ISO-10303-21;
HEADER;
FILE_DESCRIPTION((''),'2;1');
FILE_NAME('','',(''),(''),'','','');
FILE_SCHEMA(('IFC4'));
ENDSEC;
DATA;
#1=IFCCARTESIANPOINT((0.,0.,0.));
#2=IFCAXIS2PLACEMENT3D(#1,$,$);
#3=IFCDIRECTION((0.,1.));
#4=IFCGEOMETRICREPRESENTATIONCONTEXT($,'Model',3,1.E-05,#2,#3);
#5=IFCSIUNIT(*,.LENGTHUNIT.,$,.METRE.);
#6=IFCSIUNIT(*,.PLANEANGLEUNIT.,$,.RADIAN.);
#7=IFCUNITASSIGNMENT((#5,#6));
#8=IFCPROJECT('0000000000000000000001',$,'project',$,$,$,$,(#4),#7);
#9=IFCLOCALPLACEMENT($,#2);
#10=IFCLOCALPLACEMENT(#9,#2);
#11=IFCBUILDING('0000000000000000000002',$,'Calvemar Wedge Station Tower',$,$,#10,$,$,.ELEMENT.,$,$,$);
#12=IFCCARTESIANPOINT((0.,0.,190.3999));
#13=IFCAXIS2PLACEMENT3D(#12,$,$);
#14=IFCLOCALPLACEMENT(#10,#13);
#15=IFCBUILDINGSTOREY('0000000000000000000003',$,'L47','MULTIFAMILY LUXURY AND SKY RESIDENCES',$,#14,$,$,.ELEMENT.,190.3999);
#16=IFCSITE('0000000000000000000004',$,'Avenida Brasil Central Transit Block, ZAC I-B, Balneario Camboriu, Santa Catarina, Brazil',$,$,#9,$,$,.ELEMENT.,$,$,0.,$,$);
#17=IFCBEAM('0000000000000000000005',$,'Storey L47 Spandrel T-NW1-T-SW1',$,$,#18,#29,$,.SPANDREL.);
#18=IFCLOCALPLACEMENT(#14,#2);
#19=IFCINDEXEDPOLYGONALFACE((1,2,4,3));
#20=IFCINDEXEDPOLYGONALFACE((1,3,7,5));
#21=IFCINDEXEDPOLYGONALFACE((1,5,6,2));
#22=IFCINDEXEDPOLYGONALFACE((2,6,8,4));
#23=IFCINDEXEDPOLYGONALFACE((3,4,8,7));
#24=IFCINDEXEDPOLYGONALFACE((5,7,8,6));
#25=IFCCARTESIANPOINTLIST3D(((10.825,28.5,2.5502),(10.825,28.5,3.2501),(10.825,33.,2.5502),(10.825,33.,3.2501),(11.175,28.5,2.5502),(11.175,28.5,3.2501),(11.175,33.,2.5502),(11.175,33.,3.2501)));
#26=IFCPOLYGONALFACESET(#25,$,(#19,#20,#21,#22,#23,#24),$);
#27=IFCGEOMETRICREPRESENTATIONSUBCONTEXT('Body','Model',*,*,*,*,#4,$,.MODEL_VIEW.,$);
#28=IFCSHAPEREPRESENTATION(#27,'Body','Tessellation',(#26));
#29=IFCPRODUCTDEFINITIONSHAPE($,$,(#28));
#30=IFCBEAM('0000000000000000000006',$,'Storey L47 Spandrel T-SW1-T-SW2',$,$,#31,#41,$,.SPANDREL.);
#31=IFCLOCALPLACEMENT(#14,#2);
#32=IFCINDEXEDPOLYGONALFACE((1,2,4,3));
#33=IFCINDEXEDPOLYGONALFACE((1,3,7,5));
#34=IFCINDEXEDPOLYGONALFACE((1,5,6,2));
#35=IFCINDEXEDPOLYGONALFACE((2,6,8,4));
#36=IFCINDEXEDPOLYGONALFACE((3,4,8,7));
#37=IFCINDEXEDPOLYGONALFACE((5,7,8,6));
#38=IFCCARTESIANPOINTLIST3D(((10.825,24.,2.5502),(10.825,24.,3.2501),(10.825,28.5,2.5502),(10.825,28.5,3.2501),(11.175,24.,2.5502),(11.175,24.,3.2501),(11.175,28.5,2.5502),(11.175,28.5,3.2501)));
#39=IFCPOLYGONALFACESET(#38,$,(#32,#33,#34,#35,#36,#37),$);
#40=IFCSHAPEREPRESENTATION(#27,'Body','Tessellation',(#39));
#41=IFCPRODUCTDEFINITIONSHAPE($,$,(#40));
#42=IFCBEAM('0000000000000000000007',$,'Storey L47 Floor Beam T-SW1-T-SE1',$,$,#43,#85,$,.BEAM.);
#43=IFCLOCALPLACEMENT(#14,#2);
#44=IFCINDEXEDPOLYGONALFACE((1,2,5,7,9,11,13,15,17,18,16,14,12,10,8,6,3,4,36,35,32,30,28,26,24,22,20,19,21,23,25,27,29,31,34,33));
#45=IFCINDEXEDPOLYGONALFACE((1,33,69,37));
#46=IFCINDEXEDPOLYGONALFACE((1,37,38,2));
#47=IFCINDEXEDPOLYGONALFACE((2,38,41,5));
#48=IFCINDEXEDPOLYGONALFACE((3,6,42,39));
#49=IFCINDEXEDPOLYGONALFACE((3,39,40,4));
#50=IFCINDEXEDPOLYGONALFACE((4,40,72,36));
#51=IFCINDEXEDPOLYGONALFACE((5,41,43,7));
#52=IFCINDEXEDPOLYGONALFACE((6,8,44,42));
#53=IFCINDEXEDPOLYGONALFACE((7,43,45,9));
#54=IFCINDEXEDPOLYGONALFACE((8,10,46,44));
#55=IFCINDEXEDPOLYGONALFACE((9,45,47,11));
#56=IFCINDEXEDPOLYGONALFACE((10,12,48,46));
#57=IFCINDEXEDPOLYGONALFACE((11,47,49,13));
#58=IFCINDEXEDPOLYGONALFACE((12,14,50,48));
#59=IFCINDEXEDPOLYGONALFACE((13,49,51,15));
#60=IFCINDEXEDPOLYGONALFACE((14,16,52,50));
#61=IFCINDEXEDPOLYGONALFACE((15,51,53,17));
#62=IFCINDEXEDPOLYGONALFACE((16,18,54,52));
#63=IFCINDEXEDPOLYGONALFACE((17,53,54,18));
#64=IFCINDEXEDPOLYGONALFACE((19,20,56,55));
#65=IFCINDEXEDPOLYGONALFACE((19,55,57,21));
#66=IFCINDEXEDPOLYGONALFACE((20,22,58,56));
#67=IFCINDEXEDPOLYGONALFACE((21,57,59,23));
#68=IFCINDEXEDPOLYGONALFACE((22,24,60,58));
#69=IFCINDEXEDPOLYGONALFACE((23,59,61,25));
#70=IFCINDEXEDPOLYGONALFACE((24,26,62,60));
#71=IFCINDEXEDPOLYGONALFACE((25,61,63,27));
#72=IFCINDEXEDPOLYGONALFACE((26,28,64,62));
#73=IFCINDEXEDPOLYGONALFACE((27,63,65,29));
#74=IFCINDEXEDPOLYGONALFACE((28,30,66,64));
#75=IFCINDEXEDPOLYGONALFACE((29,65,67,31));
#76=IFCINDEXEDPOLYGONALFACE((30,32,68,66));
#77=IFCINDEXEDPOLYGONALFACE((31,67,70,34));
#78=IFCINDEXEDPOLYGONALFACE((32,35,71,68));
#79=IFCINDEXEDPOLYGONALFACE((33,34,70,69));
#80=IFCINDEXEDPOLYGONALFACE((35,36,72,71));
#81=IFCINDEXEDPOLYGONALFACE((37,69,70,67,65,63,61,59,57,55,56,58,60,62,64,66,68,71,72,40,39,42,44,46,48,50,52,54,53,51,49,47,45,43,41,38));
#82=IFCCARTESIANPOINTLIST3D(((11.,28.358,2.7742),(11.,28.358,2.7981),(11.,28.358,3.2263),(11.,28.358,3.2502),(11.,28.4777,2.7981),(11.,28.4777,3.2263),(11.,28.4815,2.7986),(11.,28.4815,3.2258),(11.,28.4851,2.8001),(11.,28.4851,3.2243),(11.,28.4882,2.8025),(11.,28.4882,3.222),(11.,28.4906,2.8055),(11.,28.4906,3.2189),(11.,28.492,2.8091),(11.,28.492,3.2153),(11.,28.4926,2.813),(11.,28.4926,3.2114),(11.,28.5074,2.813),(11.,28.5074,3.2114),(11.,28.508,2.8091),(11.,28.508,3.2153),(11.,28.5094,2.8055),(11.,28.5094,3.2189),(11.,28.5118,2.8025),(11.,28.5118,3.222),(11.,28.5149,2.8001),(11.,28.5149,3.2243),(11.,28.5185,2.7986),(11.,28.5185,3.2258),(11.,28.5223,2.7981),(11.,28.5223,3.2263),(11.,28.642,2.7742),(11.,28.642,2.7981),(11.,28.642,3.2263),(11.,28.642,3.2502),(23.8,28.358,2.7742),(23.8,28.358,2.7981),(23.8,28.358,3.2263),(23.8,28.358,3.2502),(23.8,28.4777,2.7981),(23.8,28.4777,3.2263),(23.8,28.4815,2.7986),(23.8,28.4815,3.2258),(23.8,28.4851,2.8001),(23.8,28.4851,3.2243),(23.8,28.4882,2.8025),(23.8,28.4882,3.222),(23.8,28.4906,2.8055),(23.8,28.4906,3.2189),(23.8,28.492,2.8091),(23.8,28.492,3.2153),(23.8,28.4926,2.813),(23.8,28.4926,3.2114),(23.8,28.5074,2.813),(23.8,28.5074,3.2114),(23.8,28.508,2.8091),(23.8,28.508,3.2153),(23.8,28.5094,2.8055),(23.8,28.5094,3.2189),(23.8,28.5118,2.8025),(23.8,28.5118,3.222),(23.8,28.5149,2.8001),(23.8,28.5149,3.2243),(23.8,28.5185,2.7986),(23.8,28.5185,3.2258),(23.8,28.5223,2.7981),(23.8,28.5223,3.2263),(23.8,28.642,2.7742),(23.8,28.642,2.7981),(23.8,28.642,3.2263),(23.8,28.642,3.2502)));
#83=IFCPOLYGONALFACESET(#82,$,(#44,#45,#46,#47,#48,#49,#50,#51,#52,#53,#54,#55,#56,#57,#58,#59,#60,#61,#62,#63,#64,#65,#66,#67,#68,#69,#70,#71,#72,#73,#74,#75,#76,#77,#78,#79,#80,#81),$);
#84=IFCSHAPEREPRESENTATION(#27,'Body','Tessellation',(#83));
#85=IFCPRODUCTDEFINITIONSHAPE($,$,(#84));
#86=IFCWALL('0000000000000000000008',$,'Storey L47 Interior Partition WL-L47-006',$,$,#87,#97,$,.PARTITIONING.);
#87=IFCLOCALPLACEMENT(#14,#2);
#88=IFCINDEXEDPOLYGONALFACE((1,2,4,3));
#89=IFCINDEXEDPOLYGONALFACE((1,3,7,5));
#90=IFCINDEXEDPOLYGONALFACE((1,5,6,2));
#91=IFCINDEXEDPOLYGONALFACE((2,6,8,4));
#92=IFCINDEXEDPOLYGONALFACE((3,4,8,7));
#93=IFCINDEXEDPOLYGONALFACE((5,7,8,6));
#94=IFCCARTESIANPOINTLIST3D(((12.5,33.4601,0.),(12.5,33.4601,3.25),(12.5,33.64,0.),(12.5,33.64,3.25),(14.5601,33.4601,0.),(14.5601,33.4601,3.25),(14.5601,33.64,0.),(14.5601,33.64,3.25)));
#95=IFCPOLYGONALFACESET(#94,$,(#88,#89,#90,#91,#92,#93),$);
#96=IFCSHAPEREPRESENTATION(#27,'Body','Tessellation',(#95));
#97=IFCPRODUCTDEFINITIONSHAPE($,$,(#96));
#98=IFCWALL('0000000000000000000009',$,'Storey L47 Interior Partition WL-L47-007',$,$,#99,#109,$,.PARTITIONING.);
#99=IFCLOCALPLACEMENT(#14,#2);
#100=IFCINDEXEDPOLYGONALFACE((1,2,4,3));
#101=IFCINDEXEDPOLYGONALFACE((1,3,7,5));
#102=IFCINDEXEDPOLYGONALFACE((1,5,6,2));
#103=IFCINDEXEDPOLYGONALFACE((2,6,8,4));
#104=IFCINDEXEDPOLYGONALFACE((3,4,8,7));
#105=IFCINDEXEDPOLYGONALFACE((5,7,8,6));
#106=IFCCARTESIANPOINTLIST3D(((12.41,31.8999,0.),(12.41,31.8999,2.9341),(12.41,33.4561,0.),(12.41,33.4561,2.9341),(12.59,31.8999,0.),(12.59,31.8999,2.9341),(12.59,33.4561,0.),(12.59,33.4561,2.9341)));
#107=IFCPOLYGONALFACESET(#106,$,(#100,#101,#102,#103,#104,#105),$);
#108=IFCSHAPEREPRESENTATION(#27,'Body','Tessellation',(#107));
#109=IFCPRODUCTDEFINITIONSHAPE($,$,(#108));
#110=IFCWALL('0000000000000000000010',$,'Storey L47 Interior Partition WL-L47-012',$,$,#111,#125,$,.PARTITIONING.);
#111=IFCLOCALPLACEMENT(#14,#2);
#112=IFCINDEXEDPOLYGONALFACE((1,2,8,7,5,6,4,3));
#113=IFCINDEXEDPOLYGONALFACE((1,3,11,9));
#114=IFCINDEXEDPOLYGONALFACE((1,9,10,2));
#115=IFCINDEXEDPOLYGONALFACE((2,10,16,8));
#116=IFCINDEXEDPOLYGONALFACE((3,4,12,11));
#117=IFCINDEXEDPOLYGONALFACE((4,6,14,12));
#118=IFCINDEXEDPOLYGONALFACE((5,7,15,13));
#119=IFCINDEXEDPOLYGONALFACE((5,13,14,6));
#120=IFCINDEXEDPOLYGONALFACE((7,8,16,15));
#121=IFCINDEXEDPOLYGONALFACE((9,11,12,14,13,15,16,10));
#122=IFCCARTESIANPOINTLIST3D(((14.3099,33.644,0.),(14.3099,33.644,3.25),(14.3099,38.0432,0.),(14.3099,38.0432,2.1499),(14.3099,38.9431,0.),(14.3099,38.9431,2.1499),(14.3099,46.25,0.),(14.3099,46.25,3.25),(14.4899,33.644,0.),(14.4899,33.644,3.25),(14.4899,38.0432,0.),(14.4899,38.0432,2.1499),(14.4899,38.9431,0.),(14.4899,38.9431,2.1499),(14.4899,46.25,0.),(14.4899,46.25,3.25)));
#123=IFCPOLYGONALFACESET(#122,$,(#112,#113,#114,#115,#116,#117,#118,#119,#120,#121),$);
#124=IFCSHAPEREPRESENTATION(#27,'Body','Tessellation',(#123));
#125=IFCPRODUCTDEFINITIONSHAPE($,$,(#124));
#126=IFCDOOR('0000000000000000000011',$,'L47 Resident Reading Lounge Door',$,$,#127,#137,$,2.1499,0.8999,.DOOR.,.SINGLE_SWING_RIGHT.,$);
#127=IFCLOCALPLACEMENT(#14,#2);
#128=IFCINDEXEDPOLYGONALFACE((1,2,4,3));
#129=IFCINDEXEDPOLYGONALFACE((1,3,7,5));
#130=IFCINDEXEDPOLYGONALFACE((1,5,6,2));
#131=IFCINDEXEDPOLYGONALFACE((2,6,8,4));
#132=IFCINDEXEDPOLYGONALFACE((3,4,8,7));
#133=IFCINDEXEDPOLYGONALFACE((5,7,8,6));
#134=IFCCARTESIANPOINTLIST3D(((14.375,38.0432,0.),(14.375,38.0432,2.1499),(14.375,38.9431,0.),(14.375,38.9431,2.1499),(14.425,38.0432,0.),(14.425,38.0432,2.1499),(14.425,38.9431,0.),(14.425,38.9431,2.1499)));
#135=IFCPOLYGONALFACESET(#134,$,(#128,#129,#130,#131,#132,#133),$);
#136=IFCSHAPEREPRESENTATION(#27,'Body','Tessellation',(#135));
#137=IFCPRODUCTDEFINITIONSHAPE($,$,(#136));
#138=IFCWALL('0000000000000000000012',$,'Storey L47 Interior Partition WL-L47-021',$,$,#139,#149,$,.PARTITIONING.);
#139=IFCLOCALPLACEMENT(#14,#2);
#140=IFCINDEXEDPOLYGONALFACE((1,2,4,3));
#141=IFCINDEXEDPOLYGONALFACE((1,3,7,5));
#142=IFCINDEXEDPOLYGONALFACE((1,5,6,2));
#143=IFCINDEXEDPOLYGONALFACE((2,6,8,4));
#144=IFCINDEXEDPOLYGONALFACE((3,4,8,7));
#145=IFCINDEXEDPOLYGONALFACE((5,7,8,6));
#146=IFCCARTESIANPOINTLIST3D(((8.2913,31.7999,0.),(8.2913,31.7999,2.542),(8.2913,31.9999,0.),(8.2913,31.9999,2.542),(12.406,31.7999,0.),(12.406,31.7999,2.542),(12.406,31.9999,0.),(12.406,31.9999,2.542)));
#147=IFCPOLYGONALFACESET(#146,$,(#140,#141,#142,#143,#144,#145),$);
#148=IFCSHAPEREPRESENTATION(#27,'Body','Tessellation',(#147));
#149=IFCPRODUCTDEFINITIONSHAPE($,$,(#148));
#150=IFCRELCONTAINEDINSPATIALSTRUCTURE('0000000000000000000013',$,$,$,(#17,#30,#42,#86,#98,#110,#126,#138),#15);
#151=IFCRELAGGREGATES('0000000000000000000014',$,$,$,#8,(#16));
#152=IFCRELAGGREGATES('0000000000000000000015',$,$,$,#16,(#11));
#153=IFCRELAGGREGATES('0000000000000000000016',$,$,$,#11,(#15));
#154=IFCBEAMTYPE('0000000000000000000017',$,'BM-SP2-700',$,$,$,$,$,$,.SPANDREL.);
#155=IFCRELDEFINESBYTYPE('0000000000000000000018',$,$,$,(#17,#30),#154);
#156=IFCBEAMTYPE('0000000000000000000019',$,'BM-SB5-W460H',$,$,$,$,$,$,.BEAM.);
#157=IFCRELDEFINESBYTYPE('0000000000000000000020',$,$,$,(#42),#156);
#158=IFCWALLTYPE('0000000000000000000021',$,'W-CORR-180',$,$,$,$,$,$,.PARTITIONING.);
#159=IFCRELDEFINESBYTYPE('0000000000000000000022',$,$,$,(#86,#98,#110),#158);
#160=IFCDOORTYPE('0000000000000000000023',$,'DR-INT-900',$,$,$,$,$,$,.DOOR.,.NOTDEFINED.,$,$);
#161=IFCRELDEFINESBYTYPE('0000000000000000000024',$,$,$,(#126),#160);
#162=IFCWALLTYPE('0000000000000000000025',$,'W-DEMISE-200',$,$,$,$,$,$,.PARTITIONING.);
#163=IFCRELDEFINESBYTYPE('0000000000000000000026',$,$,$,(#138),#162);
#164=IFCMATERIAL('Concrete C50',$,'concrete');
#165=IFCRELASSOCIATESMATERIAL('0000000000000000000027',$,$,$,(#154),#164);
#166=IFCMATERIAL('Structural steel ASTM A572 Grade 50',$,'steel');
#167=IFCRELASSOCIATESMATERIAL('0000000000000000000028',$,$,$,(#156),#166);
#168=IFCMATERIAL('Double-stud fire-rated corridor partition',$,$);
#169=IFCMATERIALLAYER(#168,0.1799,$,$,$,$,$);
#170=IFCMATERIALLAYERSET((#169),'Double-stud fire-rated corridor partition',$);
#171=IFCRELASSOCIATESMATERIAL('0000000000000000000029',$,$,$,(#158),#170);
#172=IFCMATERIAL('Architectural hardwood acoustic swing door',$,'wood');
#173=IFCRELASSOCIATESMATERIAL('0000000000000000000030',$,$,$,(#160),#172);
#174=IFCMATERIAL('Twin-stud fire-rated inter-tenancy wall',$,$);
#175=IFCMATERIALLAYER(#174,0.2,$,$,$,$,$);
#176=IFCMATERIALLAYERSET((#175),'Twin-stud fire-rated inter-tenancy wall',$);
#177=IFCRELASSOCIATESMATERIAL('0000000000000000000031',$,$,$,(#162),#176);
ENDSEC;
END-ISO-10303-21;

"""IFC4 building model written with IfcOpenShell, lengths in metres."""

from ifc_helpers import new_model, si_unit, direction, frame, frame_2d, origin, origin_2d, place, context, subcontext, project, spatial, rectangle, i_section, extrude, source, transform, mapped, material, layer, layer_set, material_profile, profile_set, type_object, element, fill, save


model = new_model("IFC4")

# Units and contexts
model_context = context("Model", 3, precision=1e-05, world=origin(), true_north=direction((0.0, 1.0)))
body_context = subcontext(model_context, "Body", "Model", "MODEL_VIEW")
ifc_project = project(units=[si_unit("LENGTHUNIT", "METRE"), si_unit("PLANEANGLEUNIT", "RADIAN")], contexts=[model_context])

# Site, building, storey
site_placement = place(None, origin())
site = spatial("IfcSite", under=ifc_project, at=site_placement, Name="Avenida Brasil Central Transit Block, ZAC I-B, Balneario Camboriu, Santa Catarina, Brazil", CompositionType="ELEMENT", RefElevation=0.0)
building_placement = place(site_placement, origin())
building = spatial("IfcBuilding", under=site, at=building_placement, Name="Calvemar Wedge Station Tower", CompositionType="ELEMENT")
storey_placement = place(building_placement, frame((0.0, 0.0, 190.3999)))
storey = spatial("IfcBuildingStorey", under=building, at=storey_placement, Name="L47", Description="MULTIFAMILY LUXURY AND SKY RESIDENCES", CompositionType="ELEMENT", Elevation=190.3999)

# Shared definitions
ifc_material_1 = material(Name="Concrete C50", Category="concrete")

# Beams
ifc_material_2 = material(Name="Structural steel ASTM A572 Grade 50", Category="steel")
ifc_material_profile_1 = material_profile(ifc_material_1, rectangle(XDim=0.3501, YDim=0.7, at=origin_2d()), Name="RC350x700")
ifc_profile_set_1 = profile_set([ifc_material_profile_1], Name="Concrete C50")
beam_type_1 = type_object("IfcBeamType", Name="BM-SP2-700", PredefinedType="SPANDREL", material=ifc_profile_set_1)
shared_shape_1 = source(origin(), body_context, "Body", "SweptSolid", [
    extrude(rectangle(XDim=0.3501, YDim=0.7, at=origin_2d()), origin(), (0.0, 0.0, 1.0), 4.5),
])
for number, where, z_axis, x_axis, name in (
    (1, (11.0, 33.0, 2.9001), (0.0, -1.0, 0.0), (1.0, 0.0, 0.0), "Storey L47 Spandrel T-NW1-T-SW1"),
    (2, (11.0, 28.5, 2.9001), (0.0, -1.0, 0.0), (1.0, 0.0, 0.0), "Storey L47 Spandrel T-SW1-T-SW2"),
):
    element("IfcBeam", number, at=place(storey_placement, frame(where, z_axis=z_axis, x_axis=x_axis)), inside=storey, type_object=beam_type_1, Name=name, PredefinedType="SPANDREL", context=body_context, shape_type="MappedRepresentation", body=[
        mapped(shared_shape_1, transform((0.0, 0.0, 0.0), scale=1.0)),
    ])
ifc_material_profile_2 = material_profile(ifc_material_2, i_section(OverallWidth=0.2839, OverallDepth=0.4761, WebThickness=0.0149, FlangeThickness=0.0239, FilletRadius=0.0149, at=origin_2d()), Name="W460x158")
ifc_profile_set_2 = profile_set([ifc_material_profile_2], Name="Structural steel ASTM A572 Grade 50")
beam_type_2 = type_object("IfcBeamType", Name="BM-SB5-W460H", PredefinedType="BEAM", material=ifc_profile_set_2)
shared_shape_2 = source(origin(), body_context, "Body", "SweptSolid", [
    extrude(i_section(OverallWidth=0.2839, OverallDepth=0.4761, WebThickness=0.0149, FlangeThickness=0.0239, FilletRadius=0.0149, at=origin_2d()), origin(), (0.0, 0.0, 1.0), 12.8),
])
beam_1_placement = place(storey_placement, frame((11.0, 28.5, 3.0122), z_axis=(1.0, 0.0, 0.0), x_axis=(0.0, 1.0, 0.0)))
element("IfcBeam", 3, at=beam_1_placement, inside=storey, type_object=beam_type_2, Name="Storey L47 Floor Beam T-SW1-T-SE1", PredefinedType="BEAM", context=body_context, shape_type="MappedRepresentation", body=[
    mapped(shared_shape_2, transform((0.0, 0.0, 0.0), scale=1.0)),
])

# Walls
ifc_material_3 = material(Name="Double-stud fire-rated corridor partition")
ifc_layer_1 = layer(ifc_material_3, 0.1799)
ifc_layer_set_1 = layer_set([ifc_layer_1], Name="Double-stud fire-rated corridor partition")
wall_type_1 = type_object("IfcWallType", Name="W-CORR-180", PredefinedType="PARTITIONING", material=ifc_layer_set_1)
wall_1_placement = place(storey_placement, frame((12.5, 33.55, 0.0), z_axis=(0.0, 0.0, 1.0), x_axis=(1.0, 0.0, 0.0)))
element("IfcWall", 4, at=wall_1_placement, inside=storey, type_object=wall_type_1, Name="Storey L47 Interior Partition WL-L47-006", PredefinedType="PARTITIONING", context=body_context, shape_type="SweptSolid", body=[
    extrude(rectangle(XDim=2.0601, YDim=0.1799, at=frame_2d((1.03, 0.0))), origin(), (0.0, 0.0, 1.0), 3.25),
])
wall_2_placement = place(storey_placement, frame((12.5, 31.8999, 0.0), z_axis=(0.0, 0.0, 1.0), x_axis=(0.0, 1.0, 0.0)))
element("IfcWall", 5, at=wall_2_placement, inside=storey, type_object=wall_type_1, Name="Storey L47 Interior Partition WL-L47-007", PredefinedType="PARTITIONING", context=body_context, shape_type="SweptSolid", body=[
    extrude(rectangle(XDim=1.5562, YDim=0.1799, at=frame_2d((0.7781, 0.0))), origin(), (0.0, 0.0, 1.0), 2.9341),
])

# Wall, opening, door
wall_3_placement = place(storey_placement, frame((14.3999, 33.644, 0.0), z_axis=(0.0, 0.0, 1.0), x_axis=(0.0, 1.0, 0.0)))
wall_3 = element("IfcWall", 6, at=wall_3_placement, inside=storey, type_object=wall_type_1, Name="Storey L47 Interior Partition WL-L47-012", PredefinedType="PARTITIONING", context=body_context, shape_type="SweptSolid", body=[
    extrude(rectangle(XDim=12.606, YDim=0.1799, at=frame_2d((6.303, 0.0))), origin(), (0.0, 0.0, 1.0), 3.25),
])
shared_shape_3 = source(origin(), body_context, "Body", "SweptSolid", [
    extrude(rectangle(XDim=0.8999, YDim=2.1499, at=frame_2d((0.45, 1.075))), frame((0.0, 0.1001, 0.0), z_axis=(0.0, -1.0, 0.0), x_axis=(1.0, 0.0, 0.0)), (0.0, 0.0, 1.0), 0.2),
])
opening_1_placement = place(wall_3_placement, frame((4.3992, 0.0, 0.0)))
opening_1 = element("IfcOpeningElement", 7, at=opening_1_placement, cuts=wall_3, PredefinedType="OPENING", context=body_context, shape_type="MappedRepresentation", body=[
    mapped(shared_shape_3, transform((0.0, 0.0, 0.0), scale=1.0)),
])
ifc_material_4 = material(Name="Architectural hardwood acoustic swing door", Category="wood")
door_type = type_object("IfcDoorType", Name="DR-INT-900", OperationType="NOTDEFINED", PredefinedType="DOOR", material=ifc_material_4)
shared_shape_4 = source(origin(), body_context, "Body", "SweptSolid", [
    extrude(rectangle(XDim=0.8999, YDim=2.1499, at=frame_2d((0.45, 1.075))), frame((0.0, 0.0249, 0.0), z_axis=(0.0, -1.0, 0.0), x_axis=(1.0, 0.0, 0.0)), (0.0, 0.0, 1.0), 0.05),
])
door_placement = place(opening_1_placement, origin())
door = element("IfcDoor", 8, at=door_placement, inside=storey, type_object=door_type, Name="L47 Resident Reading Lounge Door", OperationType="SINGLE_SWING_RIGHT", OverallHeight=2.1499, OverallWidth=0.8999, PredefinedType="DOOR", context=body_context, shape_type="MappedRepresentation", body=[
    mapped(shared_shape_4, transform((0.0, 0.0, 0.0), scale=1.0)),
])
fill(opening_1, door)

# Wall
ifc_material_5 = material(Name="Twin-stud fire-rated inter-tenancy wall")
ifc_layer_2 = layer(ifc_material_5, 0.2)
ifc_layer_set_2 = layer_set([ifc_layer_2], Name="Twin-stud fire-rated inter-tenancy wall")
wall_type_2 = type_object("IfcWallType", Name="W-DEMISE-200", PredefinedType="PARTITIONING", material=ifc_layer_set_2)
wall_4_placement = place(storey_placement, frame((12.406, 31.8999, 0.0), z_axis=(0.0, 0.0, 1.0), x_axis=(-1.0, 0.0, 0.0)))
element("IfcWall", 9, at=wall_4_placement, inside=storey, type_object=wall_type_2, Name="Storey L47 Interior Partition WL-L47-021", PredefinedType="PARTITIONING", context=body_context, shape_type="SweptSolid", body=[
    extrude(rectangle(XDim=4.1147, YDim=0.2, at=frame_2d((2.0574, 0.0))), origin(), (0.0, 0.0, 1.0), 2.542),
])

save(model, "model.ifc")
